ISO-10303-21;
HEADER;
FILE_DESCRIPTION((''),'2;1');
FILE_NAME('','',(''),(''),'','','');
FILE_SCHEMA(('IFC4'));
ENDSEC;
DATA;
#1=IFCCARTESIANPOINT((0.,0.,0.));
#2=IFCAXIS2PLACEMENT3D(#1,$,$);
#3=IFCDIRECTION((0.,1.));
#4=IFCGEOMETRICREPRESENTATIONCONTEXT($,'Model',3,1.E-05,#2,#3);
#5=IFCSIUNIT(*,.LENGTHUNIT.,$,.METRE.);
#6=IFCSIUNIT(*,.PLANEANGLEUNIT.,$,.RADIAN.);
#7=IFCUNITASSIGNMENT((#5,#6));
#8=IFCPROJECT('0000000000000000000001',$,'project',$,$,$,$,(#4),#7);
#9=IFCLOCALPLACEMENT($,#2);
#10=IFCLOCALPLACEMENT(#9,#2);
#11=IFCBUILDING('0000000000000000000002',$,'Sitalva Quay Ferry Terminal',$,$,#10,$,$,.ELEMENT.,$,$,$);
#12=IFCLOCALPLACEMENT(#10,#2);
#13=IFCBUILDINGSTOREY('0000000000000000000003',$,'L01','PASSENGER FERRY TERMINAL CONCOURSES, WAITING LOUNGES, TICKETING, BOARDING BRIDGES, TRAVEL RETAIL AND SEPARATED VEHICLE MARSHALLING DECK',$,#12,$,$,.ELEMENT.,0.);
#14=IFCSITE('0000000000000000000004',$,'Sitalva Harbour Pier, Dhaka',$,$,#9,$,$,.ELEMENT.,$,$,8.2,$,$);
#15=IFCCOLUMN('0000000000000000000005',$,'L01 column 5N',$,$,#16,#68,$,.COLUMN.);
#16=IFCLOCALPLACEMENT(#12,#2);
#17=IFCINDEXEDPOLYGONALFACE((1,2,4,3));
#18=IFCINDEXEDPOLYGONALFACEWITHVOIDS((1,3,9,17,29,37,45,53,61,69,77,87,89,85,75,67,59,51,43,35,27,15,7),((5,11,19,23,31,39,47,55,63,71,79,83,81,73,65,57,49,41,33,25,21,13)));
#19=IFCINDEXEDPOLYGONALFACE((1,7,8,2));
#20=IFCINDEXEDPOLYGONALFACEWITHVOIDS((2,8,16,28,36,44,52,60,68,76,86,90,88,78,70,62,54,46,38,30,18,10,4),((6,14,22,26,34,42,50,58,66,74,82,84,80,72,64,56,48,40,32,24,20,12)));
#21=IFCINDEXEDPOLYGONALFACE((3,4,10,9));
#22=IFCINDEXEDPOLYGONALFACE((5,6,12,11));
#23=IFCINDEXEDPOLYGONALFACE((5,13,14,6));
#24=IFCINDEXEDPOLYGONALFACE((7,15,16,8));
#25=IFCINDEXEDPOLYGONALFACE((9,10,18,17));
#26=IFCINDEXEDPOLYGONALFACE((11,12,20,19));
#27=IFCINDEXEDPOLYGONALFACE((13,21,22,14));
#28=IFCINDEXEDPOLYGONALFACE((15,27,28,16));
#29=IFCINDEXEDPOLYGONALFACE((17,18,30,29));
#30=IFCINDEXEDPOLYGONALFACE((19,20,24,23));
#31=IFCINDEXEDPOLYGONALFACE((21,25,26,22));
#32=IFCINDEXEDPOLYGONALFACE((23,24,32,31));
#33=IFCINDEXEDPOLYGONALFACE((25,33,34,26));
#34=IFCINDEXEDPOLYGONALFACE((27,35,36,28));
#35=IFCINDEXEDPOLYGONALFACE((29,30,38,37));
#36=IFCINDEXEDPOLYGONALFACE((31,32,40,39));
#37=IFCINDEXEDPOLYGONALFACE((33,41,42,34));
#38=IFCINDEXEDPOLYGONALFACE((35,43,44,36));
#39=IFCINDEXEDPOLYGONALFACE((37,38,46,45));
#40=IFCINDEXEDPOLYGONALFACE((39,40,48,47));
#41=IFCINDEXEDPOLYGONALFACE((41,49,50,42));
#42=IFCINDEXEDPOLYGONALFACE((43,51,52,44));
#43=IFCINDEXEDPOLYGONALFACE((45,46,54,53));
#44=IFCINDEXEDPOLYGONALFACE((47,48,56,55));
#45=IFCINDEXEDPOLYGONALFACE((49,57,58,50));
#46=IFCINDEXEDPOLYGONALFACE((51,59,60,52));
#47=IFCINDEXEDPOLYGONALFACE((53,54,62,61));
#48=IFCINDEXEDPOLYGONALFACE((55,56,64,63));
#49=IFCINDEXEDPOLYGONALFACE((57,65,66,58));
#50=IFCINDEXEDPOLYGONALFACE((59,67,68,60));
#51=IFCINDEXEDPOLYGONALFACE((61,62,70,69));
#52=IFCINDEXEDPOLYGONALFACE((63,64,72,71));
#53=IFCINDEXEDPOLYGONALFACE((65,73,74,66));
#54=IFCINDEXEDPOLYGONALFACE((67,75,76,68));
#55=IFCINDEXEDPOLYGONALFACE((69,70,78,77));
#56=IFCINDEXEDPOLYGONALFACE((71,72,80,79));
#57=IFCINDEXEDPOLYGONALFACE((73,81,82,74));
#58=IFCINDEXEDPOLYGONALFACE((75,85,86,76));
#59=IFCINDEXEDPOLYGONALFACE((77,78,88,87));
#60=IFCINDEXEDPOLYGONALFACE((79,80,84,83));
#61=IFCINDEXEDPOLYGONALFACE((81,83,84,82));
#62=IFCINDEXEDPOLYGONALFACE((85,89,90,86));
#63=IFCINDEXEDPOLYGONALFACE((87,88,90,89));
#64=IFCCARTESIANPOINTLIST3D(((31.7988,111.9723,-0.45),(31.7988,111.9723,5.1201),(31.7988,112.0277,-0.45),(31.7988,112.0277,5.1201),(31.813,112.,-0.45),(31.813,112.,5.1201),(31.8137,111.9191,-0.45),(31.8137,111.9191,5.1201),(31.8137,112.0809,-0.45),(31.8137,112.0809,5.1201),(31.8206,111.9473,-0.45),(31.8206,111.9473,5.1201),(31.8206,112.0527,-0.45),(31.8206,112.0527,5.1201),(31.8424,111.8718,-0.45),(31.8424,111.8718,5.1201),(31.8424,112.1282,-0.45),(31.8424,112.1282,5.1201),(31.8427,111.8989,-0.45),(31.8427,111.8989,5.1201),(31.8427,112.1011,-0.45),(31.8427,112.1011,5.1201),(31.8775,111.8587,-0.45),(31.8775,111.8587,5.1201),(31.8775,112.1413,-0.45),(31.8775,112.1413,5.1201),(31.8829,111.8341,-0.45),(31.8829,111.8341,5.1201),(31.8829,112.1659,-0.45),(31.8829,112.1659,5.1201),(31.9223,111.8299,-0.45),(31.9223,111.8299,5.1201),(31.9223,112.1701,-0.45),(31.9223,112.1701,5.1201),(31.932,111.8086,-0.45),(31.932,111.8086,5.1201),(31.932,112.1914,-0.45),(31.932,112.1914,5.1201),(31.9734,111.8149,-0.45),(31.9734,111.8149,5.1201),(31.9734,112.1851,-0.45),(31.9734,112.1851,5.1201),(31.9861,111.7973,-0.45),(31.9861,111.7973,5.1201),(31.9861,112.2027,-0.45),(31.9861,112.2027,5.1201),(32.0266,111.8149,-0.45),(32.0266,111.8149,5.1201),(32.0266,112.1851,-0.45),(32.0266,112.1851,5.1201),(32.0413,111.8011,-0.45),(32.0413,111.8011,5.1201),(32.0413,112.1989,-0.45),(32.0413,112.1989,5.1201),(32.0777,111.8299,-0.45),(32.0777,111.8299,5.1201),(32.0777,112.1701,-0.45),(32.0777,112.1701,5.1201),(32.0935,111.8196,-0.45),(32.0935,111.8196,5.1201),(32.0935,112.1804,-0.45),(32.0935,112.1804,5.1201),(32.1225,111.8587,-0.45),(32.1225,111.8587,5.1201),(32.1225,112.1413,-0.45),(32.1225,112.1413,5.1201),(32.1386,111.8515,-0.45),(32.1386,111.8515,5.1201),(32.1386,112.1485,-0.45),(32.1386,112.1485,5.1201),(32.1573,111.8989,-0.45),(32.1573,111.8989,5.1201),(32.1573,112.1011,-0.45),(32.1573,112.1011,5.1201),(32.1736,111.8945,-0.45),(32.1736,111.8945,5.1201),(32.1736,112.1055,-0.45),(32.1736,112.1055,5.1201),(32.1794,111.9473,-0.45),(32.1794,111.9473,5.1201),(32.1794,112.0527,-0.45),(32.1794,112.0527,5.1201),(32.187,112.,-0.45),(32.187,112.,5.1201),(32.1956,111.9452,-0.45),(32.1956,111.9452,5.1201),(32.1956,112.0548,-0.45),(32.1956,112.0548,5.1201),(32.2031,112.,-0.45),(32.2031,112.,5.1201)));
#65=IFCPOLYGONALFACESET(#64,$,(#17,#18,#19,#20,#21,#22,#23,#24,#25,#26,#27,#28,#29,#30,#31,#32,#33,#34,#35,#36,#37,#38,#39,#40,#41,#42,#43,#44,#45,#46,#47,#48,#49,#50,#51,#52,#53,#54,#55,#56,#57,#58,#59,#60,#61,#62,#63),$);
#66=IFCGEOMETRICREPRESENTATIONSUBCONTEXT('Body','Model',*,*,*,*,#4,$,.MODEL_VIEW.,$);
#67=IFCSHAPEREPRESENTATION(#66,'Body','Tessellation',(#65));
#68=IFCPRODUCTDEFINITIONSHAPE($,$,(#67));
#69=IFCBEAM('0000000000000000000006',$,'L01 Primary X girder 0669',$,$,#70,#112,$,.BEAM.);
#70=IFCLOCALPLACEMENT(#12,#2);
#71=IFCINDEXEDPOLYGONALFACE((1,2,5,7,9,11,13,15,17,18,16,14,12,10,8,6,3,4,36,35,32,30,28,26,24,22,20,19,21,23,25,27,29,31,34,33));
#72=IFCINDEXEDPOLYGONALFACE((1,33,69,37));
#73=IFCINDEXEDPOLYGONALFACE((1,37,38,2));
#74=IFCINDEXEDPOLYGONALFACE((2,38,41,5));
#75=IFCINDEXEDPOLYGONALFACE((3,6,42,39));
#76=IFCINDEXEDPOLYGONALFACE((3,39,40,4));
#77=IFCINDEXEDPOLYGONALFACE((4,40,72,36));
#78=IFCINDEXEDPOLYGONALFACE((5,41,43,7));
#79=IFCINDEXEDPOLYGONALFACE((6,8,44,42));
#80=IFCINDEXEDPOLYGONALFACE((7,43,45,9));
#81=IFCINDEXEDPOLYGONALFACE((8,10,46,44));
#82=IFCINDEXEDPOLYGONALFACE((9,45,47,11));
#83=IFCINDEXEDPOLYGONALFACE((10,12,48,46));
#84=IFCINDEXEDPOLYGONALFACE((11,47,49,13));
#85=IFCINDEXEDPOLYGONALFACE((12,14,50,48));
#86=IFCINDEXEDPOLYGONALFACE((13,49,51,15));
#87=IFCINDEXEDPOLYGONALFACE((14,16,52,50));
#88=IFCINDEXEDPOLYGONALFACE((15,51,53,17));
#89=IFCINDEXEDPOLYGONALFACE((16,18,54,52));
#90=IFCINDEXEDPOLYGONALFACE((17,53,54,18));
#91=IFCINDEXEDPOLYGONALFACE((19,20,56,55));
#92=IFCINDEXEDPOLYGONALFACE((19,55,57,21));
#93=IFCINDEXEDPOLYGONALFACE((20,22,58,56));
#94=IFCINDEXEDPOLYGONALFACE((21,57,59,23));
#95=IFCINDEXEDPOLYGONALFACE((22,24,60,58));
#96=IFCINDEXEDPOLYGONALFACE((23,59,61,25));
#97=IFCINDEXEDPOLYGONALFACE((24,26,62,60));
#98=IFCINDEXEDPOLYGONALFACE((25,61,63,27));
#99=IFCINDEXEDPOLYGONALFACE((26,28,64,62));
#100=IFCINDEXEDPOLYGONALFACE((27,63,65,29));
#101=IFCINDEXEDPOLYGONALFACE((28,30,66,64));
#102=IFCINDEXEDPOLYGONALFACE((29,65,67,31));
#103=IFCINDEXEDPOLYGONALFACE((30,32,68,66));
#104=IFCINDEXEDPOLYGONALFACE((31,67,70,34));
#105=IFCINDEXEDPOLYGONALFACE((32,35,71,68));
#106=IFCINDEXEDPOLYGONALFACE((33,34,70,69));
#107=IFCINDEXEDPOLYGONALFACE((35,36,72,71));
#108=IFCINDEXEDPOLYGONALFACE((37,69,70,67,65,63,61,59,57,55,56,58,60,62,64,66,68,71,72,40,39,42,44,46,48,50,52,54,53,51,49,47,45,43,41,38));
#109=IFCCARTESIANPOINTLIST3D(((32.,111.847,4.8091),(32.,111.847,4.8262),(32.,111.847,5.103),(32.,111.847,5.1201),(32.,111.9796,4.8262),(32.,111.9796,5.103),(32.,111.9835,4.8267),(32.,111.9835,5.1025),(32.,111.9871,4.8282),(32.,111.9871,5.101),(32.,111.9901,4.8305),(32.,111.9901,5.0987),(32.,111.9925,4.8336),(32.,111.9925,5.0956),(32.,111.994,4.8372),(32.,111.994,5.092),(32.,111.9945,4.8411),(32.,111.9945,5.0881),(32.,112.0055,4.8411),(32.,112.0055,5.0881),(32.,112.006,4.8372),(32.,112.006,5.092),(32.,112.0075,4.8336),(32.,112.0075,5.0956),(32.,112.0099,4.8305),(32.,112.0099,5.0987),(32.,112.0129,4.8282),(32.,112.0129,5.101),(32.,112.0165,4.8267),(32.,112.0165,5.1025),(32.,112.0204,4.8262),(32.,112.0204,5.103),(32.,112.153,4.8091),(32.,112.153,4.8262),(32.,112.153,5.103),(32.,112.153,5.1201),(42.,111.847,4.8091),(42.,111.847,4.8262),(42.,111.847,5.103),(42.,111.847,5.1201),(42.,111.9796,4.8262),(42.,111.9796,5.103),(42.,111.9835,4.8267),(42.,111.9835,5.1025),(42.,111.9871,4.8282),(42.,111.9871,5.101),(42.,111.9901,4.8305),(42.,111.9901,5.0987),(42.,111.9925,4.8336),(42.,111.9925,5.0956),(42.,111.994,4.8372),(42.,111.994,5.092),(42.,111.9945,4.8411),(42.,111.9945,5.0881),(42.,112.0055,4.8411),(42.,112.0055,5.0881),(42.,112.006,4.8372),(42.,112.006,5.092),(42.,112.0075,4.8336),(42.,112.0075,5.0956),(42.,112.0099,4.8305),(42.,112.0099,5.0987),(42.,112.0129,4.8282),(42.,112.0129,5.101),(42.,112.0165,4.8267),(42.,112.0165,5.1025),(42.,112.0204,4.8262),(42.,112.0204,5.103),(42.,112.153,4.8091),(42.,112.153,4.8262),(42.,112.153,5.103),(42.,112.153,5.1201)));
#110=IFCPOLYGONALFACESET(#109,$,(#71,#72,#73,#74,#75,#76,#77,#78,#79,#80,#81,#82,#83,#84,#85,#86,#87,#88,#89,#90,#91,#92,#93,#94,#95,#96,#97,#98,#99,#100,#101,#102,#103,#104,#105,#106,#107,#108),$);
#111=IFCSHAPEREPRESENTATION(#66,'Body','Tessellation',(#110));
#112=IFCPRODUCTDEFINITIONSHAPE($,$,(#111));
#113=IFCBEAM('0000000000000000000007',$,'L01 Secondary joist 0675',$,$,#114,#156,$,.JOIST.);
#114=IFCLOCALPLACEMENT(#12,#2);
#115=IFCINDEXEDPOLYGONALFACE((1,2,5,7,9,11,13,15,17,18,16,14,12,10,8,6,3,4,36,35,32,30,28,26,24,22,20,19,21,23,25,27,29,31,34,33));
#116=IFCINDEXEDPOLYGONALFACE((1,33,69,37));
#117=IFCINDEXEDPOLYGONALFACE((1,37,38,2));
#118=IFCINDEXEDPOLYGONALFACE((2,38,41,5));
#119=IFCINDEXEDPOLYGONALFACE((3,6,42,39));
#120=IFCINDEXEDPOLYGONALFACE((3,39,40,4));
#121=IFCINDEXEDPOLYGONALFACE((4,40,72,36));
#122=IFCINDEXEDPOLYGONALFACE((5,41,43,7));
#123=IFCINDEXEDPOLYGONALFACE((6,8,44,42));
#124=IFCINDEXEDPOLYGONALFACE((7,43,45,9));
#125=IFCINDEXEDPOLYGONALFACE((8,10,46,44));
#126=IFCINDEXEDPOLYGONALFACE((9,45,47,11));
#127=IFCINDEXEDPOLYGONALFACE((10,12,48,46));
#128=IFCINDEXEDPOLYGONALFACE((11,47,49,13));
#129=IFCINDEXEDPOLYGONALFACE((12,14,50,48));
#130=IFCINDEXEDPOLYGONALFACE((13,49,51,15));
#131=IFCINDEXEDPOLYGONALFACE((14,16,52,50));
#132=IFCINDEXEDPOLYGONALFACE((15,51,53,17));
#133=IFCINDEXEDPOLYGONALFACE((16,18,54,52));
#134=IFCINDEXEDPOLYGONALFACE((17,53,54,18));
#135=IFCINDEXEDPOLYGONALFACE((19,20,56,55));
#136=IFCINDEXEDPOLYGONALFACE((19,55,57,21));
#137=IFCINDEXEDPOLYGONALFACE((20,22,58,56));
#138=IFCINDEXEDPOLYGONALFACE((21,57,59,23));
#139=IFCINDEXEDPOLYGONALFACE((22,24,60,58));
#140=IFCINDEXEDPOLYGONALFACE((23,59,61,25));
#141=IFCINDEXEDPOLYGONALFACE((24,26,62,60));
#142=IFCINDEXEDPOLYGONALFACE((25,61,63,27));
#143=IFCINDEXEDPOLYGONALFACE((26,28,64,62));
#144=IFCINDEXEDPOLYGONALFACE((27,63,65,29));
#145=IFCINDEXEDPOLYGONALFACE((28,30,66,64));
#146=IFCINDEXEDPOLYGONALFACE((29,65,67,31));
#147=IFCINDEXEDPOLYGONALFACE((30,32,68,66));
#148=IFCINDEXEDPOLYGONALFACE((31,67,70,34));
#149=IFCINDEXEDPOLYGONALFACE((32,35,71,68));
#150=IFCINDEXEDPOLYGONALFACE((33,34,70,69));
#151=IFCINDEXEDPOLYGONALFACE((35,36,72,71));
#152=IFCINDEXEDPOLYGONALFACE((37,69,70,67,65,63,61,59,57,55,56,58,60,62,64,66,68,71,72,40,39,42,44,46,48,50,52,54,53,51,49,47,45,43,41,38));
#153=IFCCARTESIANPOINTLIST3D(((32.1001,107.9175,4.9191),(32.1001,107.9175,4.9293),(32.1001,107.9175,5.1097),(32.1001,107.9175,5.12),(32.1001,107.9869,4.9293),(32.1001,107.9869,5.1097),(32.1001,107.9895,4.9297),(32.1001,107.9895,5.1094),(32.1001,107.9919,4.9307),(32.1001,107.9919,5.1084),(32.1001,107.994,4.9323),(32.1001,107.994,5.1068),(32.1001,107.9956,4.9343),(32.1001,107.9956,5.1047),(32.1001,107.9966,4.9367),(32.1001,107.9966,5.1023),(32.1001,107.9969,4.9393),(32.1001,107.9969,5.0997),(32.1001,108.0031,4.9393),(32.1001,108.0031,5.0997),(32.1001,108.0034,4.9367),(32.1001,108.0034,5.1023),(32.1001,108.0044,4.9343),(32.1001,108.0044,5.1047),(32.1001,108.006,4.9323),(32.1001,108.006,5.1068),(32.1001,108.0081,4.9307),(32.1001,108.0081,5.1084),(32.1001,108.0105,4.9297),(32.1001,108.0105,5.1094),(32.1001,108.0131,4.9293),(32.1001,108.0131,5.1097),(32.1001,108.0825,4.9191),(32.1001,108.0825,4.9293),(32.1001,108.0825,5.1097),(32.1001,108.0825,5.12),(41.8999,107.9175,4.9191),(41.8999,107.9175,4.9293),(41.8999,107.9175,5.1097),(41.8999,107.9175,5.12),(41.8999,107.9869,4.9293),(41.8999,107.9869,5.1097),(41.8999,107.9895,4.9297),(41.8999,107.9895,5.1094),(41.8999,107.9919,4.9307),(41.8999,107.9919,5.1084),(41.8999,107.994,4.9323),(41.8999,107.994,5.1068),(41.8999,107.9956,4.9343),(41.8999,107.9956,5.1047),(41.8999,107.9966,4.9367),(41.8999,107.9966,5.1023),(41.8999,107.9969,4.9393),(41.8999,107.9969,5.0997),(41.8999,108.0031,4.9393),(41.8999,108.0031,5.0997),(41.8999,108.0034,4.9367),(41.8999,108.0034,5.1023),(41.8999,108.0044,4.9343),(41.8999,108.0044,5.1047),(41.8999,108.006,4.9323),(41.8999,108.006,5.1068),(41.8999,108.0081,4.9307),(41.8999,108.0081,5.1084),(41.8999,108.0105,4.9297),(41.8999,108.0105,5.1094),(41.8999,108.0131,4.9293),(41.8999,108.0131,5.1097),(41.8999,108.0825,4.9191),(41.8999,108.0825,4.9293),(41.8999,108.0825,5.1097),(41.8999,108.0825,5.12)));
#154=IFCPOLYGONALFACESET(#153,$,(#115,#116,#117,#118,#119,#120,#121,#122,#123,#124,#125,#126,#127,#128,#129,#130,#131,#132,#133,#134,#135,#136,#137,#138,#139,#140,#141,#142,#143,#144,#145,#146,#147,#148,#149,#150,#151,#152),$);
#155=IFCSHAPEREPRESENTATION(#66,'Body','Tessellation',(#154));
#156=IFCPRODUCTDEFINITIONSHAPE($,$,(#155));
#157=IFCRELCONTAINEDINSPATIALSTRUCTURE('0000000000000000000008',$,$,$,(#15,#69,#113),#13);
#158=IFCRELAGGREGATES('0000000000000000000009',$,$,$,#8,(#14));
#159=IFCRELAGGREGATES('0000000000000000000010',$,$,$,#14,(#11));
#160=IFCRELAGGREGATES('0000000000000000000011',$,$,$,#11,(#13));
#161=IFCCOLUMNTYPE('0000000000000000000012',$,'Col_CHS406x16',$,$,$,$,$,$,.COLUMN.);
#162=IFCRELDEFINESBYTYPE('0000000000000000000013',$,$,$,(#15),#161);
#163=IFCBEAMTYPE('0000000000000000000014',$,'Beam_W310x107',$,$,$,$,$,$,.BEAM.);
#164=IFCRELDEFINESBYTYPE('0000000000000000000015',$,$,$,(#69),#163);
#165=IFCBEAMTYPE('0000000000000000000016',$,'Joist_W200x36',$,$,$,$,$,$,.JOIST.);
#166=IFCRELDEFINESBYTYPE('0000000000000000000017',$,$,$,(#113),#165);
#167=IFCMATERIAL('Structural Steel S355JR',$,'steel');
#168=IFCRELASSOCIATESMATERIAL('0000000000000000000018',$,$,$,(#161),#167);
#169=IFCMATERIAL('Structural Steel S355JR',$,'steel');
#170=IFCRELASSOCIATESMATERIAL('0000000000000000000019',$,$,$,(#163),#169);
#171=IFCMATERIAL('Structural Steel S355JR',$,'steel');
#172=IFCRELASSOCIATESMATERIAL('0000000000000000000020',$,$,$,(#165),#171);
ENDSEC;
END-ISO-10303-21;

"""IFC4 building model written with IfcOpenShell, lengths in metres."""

from ifc_helpers import new_model, si_unit, direction, frame, origin, origin_2d, place, context, subcontext, project, spatial, hollow_circle, i_section, extrude, material, material_profile, profile_set, type_object, element, save


model = new_model("IFC4")

# Units and contexts
model_context = context("Model", 3, precision=1e-05, world=origin(), true_north=direction((0.0, 1.0)))
body_context = subcontext(model_context, "Body", "Model", "MODEL_VIEW")
ifc_project = project(units=[si_unit("LENGTHUNIT", "METRE"), si_unit("PLANEANGLEUNIT", "RADIAN")], contexts=[model_context])

# Site, building, storey
site_placement = place(None, origin())
site = spatial("IfcSite", under=ifc_project, at=site_placement, Name="Sitalva Harbour Pier, Dhaka", CompositionType="ELEMENT", RefElevation=8.2)
building_placement = place(site_placement, origin())
building = spatial("IfcBuilding", under=site, at=building_placement, Name="Sitalva Quay Ferry Terminal", CompositionType="ELEMENT")
storey_placement = place(building_placement, origin())
storey = spatial("IfcBuildingStorey", under=building, at=storey_placement, Name="L01", Description="PASSENGER FERRY TERMINAL CONCOURSES, WAITING LOUNGES, TICKETING, BOARDING BRIDGES, TRAVEL RETAIL AND SEPARATED VEHICLE MARSHALLING DECK", CompositionType="ELEMENT", Elevation=0.0)

# Column
ifc_material_1 = material(Name="Structural Steel S355JR", Category="steel")
ifc_material_profile_1 = material_profile(ifc_material_1, hollow_circle(Radius=0.2031, WallThickness=0.0161, at=origin_2d()), Name="CHS406x16")
ifc_profile_set_1 = profile_set([ifc_material_profile_1], Name="Structural Steel S355JR")
column_type = type_object("IfcColumnType", Name="Col_CHS406x16", PredefinedType="COLUMN", material=ifc_profile_set_1)
column_placement = place(storey_placement, frame((32.0, 112.0, -0.45), z_axis=(0.0, 0.0, 1.0), x_axis=(1.0, 0.0, 0.0)))
element("IfcColumn", 1, at=column_placement, inside=storey, type_object=column_type, Name="L01 column 5N", PredefinedType="COLUMN", context=body_context, shape_type="SweptSolid", body=[
    extrude(hollow_circle(Radius=0.2031, WallThickness=0.0161, at=origin_2d()), origin(), (0.0, 0.0, 1.0), 5.5701),
])

# Beams
ifc_material_2 = material(Name="Structural Steel S355JR", Category="steel")
ifc_material_profile_2 = material_profile(ifc_material_2, i_section(OverallWidth=0.3059, OverallDepth=0.311, WebThickness=0.011, FlangeThickness=0.0171, FilletRadius=0.0149, at=origin_2d()), Name="W310x107")
ifc_profile_set_2 = profile_set([ifc_material_profile_2], Name="Structural Steel S355JR")
beam_type_1 = type_object("IfcBeamType", Name="Beam_W310x107", PredefinedType="BEAM", material=ifc_profile_set_2)
beam_placement = place(storey_placement, frame((32.0, 112.0, 4.9646), z_axis=(1.0, 0.0, 0.0), x_axis=(0.0, 1.0, 0.0)))
element("IfcBeam", 2, at=beam_placement, inside=storey, type_object=beam_type_1, Name="L01 Primary X girder 0669", PredefinedType="BEAM", context=body_context, shape_type="SweptSolid", body=[
    extrude(i_section(OverallWidth=0.3059, OverallDepth=0.311, WebThickness=0.011, FlangeThickness=0.0171, FilletRadius=0.0149, at=origin_2d()), origin(), (0.0, 0.0, 1.0), 10.0),
])
ifc_material_3 = material(Name="Structural Steel S355JR", Category="steel")
ifc_material_profile_3 = material_profile(ifc_material_3, i_section(OverallWidth=0.165, OverallDepth=0.2009, WebThickness=0.0061, FlangeThickness=0.0103, FilletRadius=0.01, at=origin_2d()), Name="W200x36")
ifc_profile_set_3 = profile_set([ifc_material_profile_3], Name="Structural Steel S355JR")
beam_type_2 = type_object("IfcBeamType", Name="Joist_W200x36", PredefinedType="JOIST", material=ifc_profile_set_3)
for number, where, z_axis, x_axis, name in (
    (3, (32.1001, 108.0, 5.0195), (1.0, 0.0, 0.0), (0.0, 1.0, 0.0), "L01 Secondary joist 0675"),
):
    element("IfcBeam", number, at=place(storey_placement, frame(where, z_axis=z_axis, x_axis=x_axis)), inside=storey, type_object=beam_type_2, Name=name, PredefinedType="JOIST", context=body_context, shape_type="SweptSolid", body=[
        extrude(i_section(OverallWidth=0.165, OverallDepth=0.2009, WebThickness=0.0061, FlangeThickness=0.0103, FilletRadius=0.01, at=origin_2d()), origin(), (0.0, 0.0, 1.0), 9.7998),
    ])

save(model, "model.ifc")
